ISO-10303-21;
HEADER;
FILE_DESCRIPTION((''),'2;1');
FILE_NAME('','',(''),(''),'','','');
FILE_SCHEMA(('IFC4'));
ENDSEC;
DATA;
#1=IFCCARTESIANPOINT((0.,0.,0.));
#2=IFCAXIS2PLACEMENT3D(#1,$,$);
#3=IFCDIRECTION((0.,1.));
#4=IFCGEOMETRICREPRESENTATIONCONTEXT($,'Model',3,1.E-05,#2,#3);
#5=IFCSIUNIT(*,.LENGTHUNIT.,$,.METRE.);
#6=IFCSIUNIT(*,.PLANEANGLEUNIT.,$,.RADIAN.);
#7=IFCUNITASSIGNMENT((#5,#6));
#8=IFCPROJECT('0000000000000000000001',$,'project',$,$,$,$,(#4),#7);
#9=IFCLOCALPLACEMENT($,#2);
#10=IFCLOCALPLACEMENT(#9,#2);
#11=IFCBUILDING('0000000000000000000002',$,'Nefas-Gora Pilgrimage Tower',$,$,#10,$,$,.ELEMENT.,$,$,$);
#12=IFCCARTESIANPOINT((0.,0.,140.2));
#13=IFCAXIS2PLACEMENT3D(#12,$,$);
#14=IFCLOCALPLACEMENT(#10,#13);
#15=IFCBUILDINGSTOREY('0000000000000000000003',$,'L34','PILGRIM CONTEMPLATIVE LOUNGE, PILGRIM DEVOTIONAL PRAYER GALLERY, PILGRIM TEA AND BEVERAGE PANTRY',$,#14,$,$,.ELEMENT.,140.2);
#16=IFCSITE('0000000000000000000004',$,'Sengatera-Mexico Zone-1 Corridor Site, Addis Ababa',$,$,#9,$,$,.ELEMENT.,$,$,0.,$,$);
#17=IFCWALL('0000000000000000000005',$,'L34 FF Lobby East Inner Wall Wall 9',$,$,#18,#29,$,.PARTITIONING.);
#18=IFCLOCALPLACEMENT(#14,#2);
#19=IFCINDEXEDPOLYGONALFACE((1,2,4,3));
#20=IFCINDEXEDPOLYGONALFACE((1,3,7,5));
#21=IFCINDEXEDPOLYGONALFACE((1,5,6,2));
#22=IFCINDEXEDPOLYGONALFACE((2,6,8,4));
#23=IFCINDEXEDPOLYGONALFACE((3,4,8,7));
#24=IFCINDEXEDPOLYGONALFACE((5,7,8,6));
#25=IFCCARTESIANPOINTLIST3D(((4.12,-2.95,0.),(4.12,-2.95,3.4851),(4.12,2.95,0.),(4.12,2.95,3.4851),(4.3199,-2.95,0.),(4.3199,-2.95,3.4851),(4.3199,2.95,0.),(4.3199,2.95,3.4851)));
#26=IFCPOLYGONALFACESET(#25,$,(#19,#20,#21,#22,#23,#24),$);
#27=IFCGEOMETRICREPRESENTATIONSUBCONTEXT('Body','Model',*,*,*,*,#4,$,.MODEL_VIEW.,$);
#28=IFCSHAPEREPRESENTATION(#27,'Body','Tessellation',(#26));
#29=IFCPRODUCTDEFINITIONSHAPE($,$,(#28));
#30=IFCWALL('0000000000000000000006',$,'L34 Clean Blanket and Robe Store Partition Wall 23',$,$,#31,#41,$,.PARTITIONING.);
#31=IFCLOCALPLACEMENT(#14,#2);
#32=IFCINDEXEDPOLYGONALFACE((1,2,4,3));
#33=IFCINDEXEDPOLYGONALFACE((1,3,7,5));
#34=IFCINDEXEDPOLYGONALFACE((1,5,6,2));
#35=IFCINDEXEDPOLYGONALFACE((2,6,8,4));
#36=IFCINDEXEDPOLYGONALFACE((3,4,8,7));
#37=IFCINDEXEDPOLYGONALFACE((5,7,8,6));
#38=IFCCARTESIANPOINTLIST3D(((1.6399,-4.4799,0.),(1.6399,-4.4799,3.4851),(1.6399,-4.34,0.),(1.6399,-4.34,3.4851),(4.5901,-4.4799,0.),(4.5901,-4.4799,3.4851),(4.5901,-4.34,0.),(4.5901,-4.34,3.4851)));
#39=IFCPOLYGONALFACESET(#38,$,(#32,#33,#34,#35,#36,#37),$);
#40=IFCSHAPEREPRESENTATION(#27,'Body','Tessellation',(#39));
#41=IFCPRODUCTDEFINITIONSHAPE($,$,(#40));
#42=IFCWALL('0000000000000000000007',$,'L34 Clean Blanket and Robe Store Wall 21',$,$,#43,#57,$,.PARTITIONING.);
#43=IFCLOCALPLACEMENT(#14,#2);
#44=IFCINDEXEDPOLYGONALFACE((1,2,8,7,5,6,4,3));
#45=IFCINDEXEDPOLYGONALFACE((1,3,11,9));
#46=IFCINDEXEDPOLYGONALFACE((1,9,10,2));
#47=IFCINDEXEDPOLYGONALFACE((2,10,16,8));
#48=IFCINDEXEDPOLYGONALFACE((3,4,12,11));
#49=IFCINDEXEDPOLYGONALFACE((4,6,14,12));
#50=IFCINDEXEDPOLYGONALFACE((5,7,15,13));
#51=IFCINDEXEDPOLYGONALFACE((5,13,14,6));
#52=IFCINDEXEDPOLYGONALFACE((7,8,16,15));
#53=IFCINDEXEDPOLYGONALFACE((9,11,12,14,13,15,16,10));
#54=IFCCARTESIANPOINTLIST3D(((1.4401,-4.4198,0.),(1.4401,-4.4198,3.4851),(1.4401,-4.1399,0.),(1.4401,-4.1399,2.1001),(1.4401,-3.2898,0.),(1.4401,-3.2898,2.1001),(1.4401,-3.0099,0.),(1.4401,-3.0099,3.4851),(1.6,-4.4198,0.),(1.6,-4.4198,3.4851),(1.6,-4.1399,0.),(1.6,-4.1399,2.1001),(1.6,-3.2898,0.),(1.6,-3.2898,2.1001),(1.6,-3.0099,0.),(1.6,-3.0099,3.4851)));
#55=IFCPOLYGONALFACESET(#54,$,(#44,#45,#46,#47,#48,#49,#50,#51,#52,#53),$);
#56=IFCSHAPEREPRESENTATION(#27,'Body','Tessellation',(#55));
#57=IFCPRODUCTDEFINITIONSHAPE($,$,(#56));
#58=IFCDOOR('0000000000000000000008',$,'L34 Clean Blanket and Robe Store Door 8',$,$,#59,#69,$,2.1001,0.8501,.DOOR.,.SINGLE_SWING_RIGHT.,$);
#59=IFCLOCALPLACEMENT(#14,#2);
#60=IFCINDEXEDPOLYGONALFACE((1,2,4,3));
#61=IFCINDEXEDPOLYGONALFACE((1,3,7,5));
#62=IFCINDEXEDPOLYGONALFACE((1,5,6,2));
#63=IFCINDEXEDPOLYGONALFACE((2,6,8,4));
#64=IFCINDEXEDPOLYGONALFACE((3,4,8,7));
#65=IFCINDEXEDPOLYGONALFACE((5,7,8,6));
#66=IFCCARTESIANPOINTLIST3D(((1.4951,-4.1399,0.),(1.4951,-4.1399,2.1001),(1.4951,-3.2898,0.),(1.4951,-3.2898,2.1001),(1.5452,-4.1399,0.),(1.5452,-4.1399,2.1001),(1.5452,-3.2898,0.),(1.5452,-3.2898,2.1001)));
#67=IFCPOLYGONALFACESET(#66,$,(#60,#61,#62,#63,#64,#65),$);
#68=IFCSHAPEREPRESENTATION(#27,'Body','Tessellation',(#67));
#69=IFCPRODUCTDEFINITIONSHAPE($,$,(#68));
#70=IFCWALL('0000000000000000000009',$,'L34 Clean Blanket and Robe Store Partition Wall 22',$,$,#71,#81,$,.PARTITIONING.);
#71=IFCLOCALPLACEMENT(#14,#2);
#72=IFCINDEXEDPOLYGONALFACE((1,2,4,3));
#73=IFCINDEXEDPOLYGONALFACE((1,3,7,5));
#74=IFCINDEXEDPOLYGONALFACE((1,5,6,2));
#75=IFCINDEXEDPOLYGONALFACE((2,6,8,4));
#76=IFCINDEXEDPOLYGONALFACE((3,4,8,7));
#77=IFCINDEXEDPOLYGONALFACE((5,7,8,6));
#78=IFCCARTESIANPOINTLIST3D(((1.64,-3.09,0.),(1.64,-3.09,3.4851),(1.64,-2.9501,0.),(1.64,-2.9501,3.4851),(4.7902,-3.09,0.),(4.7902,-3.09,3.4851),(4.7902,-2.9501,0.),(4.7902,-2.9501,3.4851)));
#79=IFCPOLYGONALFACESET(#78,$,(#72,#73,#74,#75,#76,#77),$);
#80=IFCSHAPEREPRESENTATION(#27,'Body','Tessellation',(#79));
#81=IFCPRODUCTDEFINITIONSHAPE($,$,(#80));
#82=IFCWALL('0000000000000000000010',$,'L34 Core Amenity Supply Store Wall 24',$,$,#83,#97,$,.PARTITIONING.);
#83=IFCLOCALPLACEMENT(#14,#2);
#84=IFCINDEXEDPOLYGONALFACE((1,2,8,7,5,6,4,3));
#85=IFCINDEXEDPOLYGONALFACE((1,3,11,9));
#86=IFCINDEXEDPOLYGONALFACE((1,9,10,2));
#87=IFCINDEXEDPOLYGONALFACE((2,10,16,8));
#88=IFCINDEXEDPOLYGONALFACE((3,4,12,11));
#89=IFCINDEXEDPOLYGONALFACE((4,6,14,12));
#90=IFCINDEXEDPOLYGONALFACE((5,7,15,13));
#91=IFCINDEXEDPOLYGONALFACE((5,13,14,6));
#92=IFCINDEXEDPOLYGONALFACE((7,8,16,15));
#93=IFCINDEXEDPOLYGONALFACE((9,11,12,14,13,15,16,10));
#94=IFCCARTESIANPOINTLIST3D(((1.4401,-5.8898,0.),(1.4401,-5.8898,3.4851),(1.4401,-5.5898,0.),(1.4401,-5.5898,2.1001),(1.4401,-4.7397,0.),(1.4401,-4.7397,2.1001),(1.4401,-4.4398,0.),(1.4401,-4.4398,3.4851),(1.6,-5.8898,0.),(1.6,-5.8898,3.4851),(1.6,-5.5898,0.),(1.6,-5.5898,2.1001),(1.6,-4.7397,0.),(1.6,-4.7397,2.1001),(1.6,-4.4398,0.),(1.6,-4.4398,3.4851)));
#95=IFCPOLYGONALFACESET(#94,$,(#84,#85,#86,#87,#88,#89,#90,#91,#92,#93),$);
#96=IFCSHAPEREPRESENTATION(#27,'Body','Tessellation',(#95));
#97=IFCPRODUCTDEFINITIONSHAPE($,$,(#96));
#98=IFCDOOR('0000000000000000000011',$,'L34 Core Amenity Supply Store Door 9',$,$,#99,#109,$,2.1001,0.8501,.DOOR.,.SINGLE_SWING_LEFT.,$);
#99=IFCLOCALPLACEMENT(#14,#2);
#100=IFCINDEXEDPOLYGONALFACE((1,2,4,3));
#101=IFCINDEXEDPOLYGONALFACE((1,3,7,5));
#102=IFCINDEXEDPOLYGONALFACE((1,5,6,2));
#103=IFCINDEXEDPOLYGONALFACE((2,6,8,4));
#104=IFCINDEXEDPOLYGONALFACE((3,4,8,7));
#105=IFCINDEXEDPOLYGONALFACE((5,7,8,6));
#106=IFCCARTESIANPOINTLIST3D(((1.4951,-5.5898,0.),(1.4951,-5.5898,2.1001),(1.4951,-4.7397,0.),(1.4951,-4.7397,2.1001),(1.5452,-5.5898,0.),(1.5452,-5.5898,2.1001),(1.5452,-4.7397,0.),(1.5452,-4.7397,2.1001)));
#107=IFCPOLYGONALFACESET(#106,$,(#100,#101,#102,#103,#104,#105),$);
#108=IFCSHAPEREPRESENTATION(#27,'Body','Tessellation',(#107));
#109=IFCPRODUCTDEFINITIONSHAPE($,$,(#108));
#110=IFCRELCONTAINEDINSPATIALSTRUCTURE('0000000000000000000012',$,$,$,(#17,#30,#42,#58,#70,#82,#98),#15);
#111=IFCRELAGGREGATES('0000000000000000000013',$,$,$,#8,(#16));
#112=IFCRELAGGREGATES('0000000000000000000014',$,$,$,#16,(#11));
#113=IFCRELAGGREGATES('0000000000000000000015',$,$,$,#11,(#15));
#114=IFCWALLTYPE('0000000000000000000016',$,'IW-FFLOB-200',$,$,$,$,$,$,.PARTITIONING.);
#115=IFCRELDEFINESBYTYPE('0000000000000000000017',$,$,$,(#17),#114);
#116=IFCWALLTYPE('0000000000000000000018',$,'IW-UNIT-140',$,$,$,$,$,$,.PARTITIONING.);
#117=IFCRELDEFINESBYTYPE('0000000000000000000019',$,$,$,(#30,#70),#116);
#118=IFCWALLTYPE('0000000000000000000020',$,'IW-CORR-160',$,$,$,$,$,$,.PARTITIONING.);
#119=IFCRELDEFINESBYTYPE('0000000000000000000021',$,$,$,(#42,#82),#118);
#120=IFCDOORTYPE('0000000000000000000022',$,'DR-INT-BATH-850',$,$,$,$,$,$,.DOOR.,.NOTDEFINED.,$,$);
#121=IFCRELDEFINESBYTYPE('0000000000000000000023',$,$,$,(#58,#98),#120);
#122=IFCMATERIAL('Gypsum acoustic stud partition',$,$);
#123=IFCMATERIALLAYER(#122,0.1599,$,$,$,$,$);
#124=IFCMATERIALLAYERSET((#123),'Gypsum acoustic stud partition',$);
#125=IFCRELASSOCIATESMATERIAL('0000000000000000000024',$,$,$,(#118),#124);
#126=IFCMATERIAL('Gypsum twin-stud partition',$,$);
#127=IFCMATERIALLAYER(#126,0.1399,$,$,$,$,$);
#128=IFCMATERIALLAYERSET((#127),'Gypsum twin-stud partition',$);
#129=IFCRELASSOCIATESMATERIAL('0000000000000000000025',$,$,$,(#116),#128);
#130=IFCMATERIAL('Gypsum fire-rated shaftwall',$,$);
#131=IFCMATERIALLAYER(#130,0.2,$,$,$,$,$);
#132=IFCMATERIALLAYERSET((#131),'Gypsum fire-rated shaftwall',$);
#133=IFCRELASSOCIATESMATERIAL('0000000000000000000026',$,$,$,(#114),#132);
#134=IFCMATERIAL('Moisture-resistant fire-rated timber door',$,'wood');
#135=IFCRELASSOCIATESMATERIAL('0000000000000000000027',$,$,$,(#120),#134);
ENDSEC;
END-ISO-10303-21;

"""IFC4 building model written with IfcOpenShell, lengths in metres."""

from ifc_helpers import new_model, si_unit, direction, frame, frame_2d, origin, place, context, subcontext, project, spatial, rectangle, extrude, source, transform, mapped, material, layer, layer_set, type_object, element, fill, save


model = new_model("IFC4")

# Units and contexts
model_context = context("Model", 3, precision=1e-05, world=origin(), true_north=direction((0.0, 1.0)))
body_context = subcontext(model_context, "Body", "Model", "MODEL_VIEW")
ifc_project = project(units=[si_unit("LENGTHUNIT", "METRE"), si_unit("PLANEANGLEUNIT", "RADIAN")], contexts=[model_context])

# Site, building, storey
site_placement = place(None, origin())
site = spatial("IfcSite", under=ifc_project, at=site_placement, Name="Sengatera-Mexico Zone-1 Corridor Site, Addis Ababa", CompositionType="ELEMENT", RefElevation=0.0)
building_placement = place(site_placement, origin())
building = spatial("IfcBuilding", under=site, at=building_placement, Name="Nefas-Gora Pilgrimage Tower", CompositionType="ELEMENT")
storey_placement = place(building_placement, frame((0.0, 0.0, 140.2)))
storey = spatial("IfcBuildingStorey", under=building, at=storey_placement, Name="L34", Description="PILGRIM CONTEMPLATIVE LOUNGE, PILGRIM DEVOTIONAL PRAYER GALLERY, PILGRIM TEA AND BEVERAGE PANTRY", CompositionType="ELEMENT", Elevation=140.2)

# Walls
ifc_material_1 = material(Name="Gypsum acoustic stud partition")
ifc_layer_1 = layer(ifc_material_1, 0.1599)
ifc_layer_set_1 = layer_set([ifc_layer_1], Name="Gypsum acoustic stud partition")
wall_type_1 = type_object("IfcWallType", Name="IW-CORR-160", PredefinedType="PARTITIONING", material=ifc_layer_set_1)
ifc_material_2 = material(Name="Gypsum twin-stud partition")
ifc_layer_2 = layer(ifc_material_2, 0.1399)
ifc_layer_set_2 = layer_set([ifc_layer_2], Name="Gypsum twin-stud partition")
wall_type_2 = type_object("IfcWallType", Name="IW-UNIT-140", PredefinedType="PARTITIONING", material=ifc_layer_set_2)
ifc_material_3 = material(Name="Gypsum fire-rated shaftwall")
ifc_layer_3 = layer(ifc_material_3, 0.2)
ifc_layer_set_3 = layer_set([ifc_layer_3], Name="Gypsum fire-rated shaftwall")
wall_type_3 = type_object("IfcWallType", Name="IW-FFLOB-200", PredefinedType="PARTITIONING", material=ifc_layer_set_3)
shared_shape_1 = source(origin(), body_context, "Body", "SweptSolid", [
    extrude(rectangle(XDim=5.8999, YDim=0.2, at=frame_2d((2.95, 0.0))), origin(), (0.0, 0.0, 1.0), 3.4851),
])
wall_1_placement = place(storey_placement, frame((4.22, -2.95, 0.0), z_axis=(0.0, 0.0, 1.0), x_axis=(0.0, 1.0, 0.0)))
element("IfcWall", 1, at=wall_1_placement, inside=storey, type_object=wall_type_3, Name="L34 FF Lobby East Inner Wall Wall 9", PredefinedType="PARTITIONING", context=body_context, shape_type="MappedRepresentation", body=[
    mapped(shared_shape_1, transform((0.0, 0.0, 0.0), x_axis=(1.0, 0.0, 0.0), y_axis=(0.0, 1.0, 0.0), z_axis=(0.0, 0.0, 1.0), scale=1.0)),
])
shared_shape_2 = source(origin(), body_context, "Body", "SweptSolid", [
    extrude(rectangle(XDim=2.9502, YDim=0.1399, at=frame_2d((1.4751, 0.0))), origin(), (0.0, 0.0, 1.0), 3.4851),
])
wall_2_placement = place(storey_placement, frame((1.6399, -4.4099, 0.0), z_axis=(0.0, 0.0, 1.0), x_axis=(1.0, 0.0, 0.0)))
element("IfcWall", 2, at=wall_2_placement, inside=storey, type_object=wall_type_2, Name="L34 Clean Blanket and Robe Store Partition Wall 23", PredefinedType="PARTITIONING", context=body_context, shape_type="MappedRepresentation", body=[
    mapped(shared_shape_2, transform((0.0, 0.0, 0.0), x_axis=(1.0, 0.0, 0.0), y_axis=(0.0, 1.0, 0.0), z_axis=(0.0, 0.0, 1.0), scale=1.0)),
])

# Wall, opening, door
shared_shape_3 = source(origin(), body_context, "Body", "SweptSolid", [
    extrude(rectangle(XDim=1.4099, YDim=0.1599, at=frame_2d((0.7051, 0.0))), origin(), (0.0, 0.0, 1.0), 3.4851),
])
wall_3_placement = place(storey_placement, frame((1.52, -4.4199, 0.0), z_axis=(0.0, 0.0, 1.0), x_axis=(0.0, 1.0, 0.0)))
wall_3 = element("IfcWall", 3, at=wall_3_placement, inside=storey, type_object=wall_type_1, Name="L34 Clean Blanket and Robe Store Wall 21", PredefinedType="PARTITIONING", context=body_context, shape_type="MappedRepresentation", body=[
    mapped(shared_shape_3, transform((0.0, 0.0, 0.0), x_axis=(1.0, 0.0, 0.0), y_axis=(0.0, 1.0, 0.0), z_axis=(0.0, 0.0, 1.0), scale=1.0)),
])
opening_1_placement = place(wall_3_placement, frame((0.28, 0.0, 0.0)))
opening_1 = element("IfcOpeningElement", 4, at=opening_1_placement, cuts=wall_3, PredefinedType="OPENING", context=body_context, shape_type="SweptSolid", body=[
    extrude(rectangle(XDim=0.8501, YDim=2.1001, at=frame_2d((0.425, 1.05))), frame((0.0, 0.0898, 0.0), z_axis=(0.0, -1.0, 0.0), x_axis=(1.0, 0.0, 0.0)), (0.0, 0.0, 1.0), 0.1799),
])
ifc_material_4 = material(Name="Moisture-resistant fire-rated timber door", Category="wood")
door_type_1 = type_object("IfcDoorType", Name="DR-INT-BATH-850", OperationType="NOTDEFINED", PredefinedType="DOOR", material=ifc_material_4)
shared_shape_4 = source(origin(), body_context, "Body", "SweptSolid", [
    extrude(rectangle(XDim=0.8501, YDim=2.1001, at=frame_2d((0.425, 1.05))), frame((0.0, 0.0249, 0.0), z_axis=(0.0, -1.0, 0.0), x_axis=(1.0, 0.0, 0.0)), (0.0, 0.0, 1.0), 0.05),
])
door_1_placement = place(opening_1_placement, origin())
door_1 = element("IfcDoor", 5, at=door_1_placement, inside=storey, type_object=door_type_1, Name="L34 Clean Blanket and Robe Store Door 8", OperationType="SINGLE_SWING_RIGHT", OverallHeight=2.1001, OverallWidth=0.8501, PredefinedType="DOOR", context=body_context, shape_type="MappedRepresentation", body=[
    mapped(shared_shape_4, transform((0.0, 0.0, 0.0), x_axis=(1.0, 0.0, 0.0), y_axis=(0.0, 1.0, 0.0), z_axis=(0.0, 0.0, 1.0), scale=1.0)),
])
fill(opening_1, door_1)

# Wall
shared_shape_5 = source(origin(), body_context, "Body", "SweptSolid", [
    extrude(rectangle(XDim=3.1501, YDim=0.1399, at=frame_2d((1.5752, 0.0))), origin(), (0.0, 0.0, 1.0), 3.4851),
])
wall_4_placement = place(storey_placement, frame((1.6399, -3.02, 0.0), z_axis=(0.0, 0.0, 1.0), x_axis=(1.0, 0.0, 0.0)))
element("IfcWall", 6, at=wall_4_placement, inside=storey, type_object=wall_type_2, Name="L34 Clean Blanket and Robe Store Partition Wall 22", PredefinedType="PARTITIONING", context=body_context, shape_type="MappedRepresentation", body=[
    mapped(shared_shape_5, transform((0.0, 0.0, 0.0), x_axis=(1.0, 0.0, 0.0), y_axis=(0.0, 1.0, 0.0), z_axis=(0.0, 0.0, 1.0), scale=1.0)),
])

# Wall, opening, door
shared_shape_6 = source(origin(), body_context, "Body", "SweptSolid", [
    extrude(rectangle(XDim=1.45, YDim=0.1599, at=frame_2d((0.7251, 0.0))), origin(), (0.0, 0.0, 1.0), 3.4851),
])
wall_5_placement = place(storey_placement, frame((1.52, -5.8899, 0.0), z_axis=(0.0, 0.0, 1.0), x_axis=(0.0, 1.0, 0.0)))
wall_5 = element("IfcWall", 7, at=wall_5_placement, inside=storey, type_object=wall_type_1, Name="L34 Core Amenity Supply Store Wall 24", PredefinedType="PARTITIONING", context=body_context, shape_type="MappedRepresentation", body=[
    mapped(shared_shape_6, transform((0.0, 0.0, 0.0), x_axis=(1.0, 0.0, 0.0), y_axis=(0.0, 1.0, 0.0), z_axis=(0.0, 0.0, 1.0), scale=1.0)),
])
opening_2_placement = place(wall_5_placement, frame((0.3, 0.0, 0.0)))
opening_2 = element("IfcOpeningElement", 8, at=opening_2_placement, cuts=wall_5, PredefinedType="OPENING", context=body_context, shape_type="SweptSolid", body=[
    extrude(rectangle(XDim=0.8501, YDim=2.1001, at=frame_2d((0.425, 1.05))), frame((0.0, 0.0898, 0.0), z_axis=(0.0, -1.0, 0.0), x_axis=(1.0, 0.0, 0.0)), (0.0, 0.0, 1.0), 0.1799),
])
door_2_placement = place(opening_2_placement, origin())
door_2 = element("IfcDoor", 9, at=door_2_placement, inside=storey, type_object=door_type_1, Name="L34 Core Amenity Supply Store Door 9", OperationType="SINGLE_SWING_LEFT", OverallHeight=2.1001, OverallWidth=0.8501, PredefinedType="DOOR", context=body_context, shape_type="MappedRepresentation", body=[
    mapped(shared_shape_4, transform((0.0, 0.0, 0.0), x_axis=(1.0, 0.0, 0.0), y_axis=(0.0, 1.0, 0.0), z_axis=(0.0, 0.0, 1.0), scale=1.0)),
])
fill(opening_2, door_2)

save(model, "model.ifc")
